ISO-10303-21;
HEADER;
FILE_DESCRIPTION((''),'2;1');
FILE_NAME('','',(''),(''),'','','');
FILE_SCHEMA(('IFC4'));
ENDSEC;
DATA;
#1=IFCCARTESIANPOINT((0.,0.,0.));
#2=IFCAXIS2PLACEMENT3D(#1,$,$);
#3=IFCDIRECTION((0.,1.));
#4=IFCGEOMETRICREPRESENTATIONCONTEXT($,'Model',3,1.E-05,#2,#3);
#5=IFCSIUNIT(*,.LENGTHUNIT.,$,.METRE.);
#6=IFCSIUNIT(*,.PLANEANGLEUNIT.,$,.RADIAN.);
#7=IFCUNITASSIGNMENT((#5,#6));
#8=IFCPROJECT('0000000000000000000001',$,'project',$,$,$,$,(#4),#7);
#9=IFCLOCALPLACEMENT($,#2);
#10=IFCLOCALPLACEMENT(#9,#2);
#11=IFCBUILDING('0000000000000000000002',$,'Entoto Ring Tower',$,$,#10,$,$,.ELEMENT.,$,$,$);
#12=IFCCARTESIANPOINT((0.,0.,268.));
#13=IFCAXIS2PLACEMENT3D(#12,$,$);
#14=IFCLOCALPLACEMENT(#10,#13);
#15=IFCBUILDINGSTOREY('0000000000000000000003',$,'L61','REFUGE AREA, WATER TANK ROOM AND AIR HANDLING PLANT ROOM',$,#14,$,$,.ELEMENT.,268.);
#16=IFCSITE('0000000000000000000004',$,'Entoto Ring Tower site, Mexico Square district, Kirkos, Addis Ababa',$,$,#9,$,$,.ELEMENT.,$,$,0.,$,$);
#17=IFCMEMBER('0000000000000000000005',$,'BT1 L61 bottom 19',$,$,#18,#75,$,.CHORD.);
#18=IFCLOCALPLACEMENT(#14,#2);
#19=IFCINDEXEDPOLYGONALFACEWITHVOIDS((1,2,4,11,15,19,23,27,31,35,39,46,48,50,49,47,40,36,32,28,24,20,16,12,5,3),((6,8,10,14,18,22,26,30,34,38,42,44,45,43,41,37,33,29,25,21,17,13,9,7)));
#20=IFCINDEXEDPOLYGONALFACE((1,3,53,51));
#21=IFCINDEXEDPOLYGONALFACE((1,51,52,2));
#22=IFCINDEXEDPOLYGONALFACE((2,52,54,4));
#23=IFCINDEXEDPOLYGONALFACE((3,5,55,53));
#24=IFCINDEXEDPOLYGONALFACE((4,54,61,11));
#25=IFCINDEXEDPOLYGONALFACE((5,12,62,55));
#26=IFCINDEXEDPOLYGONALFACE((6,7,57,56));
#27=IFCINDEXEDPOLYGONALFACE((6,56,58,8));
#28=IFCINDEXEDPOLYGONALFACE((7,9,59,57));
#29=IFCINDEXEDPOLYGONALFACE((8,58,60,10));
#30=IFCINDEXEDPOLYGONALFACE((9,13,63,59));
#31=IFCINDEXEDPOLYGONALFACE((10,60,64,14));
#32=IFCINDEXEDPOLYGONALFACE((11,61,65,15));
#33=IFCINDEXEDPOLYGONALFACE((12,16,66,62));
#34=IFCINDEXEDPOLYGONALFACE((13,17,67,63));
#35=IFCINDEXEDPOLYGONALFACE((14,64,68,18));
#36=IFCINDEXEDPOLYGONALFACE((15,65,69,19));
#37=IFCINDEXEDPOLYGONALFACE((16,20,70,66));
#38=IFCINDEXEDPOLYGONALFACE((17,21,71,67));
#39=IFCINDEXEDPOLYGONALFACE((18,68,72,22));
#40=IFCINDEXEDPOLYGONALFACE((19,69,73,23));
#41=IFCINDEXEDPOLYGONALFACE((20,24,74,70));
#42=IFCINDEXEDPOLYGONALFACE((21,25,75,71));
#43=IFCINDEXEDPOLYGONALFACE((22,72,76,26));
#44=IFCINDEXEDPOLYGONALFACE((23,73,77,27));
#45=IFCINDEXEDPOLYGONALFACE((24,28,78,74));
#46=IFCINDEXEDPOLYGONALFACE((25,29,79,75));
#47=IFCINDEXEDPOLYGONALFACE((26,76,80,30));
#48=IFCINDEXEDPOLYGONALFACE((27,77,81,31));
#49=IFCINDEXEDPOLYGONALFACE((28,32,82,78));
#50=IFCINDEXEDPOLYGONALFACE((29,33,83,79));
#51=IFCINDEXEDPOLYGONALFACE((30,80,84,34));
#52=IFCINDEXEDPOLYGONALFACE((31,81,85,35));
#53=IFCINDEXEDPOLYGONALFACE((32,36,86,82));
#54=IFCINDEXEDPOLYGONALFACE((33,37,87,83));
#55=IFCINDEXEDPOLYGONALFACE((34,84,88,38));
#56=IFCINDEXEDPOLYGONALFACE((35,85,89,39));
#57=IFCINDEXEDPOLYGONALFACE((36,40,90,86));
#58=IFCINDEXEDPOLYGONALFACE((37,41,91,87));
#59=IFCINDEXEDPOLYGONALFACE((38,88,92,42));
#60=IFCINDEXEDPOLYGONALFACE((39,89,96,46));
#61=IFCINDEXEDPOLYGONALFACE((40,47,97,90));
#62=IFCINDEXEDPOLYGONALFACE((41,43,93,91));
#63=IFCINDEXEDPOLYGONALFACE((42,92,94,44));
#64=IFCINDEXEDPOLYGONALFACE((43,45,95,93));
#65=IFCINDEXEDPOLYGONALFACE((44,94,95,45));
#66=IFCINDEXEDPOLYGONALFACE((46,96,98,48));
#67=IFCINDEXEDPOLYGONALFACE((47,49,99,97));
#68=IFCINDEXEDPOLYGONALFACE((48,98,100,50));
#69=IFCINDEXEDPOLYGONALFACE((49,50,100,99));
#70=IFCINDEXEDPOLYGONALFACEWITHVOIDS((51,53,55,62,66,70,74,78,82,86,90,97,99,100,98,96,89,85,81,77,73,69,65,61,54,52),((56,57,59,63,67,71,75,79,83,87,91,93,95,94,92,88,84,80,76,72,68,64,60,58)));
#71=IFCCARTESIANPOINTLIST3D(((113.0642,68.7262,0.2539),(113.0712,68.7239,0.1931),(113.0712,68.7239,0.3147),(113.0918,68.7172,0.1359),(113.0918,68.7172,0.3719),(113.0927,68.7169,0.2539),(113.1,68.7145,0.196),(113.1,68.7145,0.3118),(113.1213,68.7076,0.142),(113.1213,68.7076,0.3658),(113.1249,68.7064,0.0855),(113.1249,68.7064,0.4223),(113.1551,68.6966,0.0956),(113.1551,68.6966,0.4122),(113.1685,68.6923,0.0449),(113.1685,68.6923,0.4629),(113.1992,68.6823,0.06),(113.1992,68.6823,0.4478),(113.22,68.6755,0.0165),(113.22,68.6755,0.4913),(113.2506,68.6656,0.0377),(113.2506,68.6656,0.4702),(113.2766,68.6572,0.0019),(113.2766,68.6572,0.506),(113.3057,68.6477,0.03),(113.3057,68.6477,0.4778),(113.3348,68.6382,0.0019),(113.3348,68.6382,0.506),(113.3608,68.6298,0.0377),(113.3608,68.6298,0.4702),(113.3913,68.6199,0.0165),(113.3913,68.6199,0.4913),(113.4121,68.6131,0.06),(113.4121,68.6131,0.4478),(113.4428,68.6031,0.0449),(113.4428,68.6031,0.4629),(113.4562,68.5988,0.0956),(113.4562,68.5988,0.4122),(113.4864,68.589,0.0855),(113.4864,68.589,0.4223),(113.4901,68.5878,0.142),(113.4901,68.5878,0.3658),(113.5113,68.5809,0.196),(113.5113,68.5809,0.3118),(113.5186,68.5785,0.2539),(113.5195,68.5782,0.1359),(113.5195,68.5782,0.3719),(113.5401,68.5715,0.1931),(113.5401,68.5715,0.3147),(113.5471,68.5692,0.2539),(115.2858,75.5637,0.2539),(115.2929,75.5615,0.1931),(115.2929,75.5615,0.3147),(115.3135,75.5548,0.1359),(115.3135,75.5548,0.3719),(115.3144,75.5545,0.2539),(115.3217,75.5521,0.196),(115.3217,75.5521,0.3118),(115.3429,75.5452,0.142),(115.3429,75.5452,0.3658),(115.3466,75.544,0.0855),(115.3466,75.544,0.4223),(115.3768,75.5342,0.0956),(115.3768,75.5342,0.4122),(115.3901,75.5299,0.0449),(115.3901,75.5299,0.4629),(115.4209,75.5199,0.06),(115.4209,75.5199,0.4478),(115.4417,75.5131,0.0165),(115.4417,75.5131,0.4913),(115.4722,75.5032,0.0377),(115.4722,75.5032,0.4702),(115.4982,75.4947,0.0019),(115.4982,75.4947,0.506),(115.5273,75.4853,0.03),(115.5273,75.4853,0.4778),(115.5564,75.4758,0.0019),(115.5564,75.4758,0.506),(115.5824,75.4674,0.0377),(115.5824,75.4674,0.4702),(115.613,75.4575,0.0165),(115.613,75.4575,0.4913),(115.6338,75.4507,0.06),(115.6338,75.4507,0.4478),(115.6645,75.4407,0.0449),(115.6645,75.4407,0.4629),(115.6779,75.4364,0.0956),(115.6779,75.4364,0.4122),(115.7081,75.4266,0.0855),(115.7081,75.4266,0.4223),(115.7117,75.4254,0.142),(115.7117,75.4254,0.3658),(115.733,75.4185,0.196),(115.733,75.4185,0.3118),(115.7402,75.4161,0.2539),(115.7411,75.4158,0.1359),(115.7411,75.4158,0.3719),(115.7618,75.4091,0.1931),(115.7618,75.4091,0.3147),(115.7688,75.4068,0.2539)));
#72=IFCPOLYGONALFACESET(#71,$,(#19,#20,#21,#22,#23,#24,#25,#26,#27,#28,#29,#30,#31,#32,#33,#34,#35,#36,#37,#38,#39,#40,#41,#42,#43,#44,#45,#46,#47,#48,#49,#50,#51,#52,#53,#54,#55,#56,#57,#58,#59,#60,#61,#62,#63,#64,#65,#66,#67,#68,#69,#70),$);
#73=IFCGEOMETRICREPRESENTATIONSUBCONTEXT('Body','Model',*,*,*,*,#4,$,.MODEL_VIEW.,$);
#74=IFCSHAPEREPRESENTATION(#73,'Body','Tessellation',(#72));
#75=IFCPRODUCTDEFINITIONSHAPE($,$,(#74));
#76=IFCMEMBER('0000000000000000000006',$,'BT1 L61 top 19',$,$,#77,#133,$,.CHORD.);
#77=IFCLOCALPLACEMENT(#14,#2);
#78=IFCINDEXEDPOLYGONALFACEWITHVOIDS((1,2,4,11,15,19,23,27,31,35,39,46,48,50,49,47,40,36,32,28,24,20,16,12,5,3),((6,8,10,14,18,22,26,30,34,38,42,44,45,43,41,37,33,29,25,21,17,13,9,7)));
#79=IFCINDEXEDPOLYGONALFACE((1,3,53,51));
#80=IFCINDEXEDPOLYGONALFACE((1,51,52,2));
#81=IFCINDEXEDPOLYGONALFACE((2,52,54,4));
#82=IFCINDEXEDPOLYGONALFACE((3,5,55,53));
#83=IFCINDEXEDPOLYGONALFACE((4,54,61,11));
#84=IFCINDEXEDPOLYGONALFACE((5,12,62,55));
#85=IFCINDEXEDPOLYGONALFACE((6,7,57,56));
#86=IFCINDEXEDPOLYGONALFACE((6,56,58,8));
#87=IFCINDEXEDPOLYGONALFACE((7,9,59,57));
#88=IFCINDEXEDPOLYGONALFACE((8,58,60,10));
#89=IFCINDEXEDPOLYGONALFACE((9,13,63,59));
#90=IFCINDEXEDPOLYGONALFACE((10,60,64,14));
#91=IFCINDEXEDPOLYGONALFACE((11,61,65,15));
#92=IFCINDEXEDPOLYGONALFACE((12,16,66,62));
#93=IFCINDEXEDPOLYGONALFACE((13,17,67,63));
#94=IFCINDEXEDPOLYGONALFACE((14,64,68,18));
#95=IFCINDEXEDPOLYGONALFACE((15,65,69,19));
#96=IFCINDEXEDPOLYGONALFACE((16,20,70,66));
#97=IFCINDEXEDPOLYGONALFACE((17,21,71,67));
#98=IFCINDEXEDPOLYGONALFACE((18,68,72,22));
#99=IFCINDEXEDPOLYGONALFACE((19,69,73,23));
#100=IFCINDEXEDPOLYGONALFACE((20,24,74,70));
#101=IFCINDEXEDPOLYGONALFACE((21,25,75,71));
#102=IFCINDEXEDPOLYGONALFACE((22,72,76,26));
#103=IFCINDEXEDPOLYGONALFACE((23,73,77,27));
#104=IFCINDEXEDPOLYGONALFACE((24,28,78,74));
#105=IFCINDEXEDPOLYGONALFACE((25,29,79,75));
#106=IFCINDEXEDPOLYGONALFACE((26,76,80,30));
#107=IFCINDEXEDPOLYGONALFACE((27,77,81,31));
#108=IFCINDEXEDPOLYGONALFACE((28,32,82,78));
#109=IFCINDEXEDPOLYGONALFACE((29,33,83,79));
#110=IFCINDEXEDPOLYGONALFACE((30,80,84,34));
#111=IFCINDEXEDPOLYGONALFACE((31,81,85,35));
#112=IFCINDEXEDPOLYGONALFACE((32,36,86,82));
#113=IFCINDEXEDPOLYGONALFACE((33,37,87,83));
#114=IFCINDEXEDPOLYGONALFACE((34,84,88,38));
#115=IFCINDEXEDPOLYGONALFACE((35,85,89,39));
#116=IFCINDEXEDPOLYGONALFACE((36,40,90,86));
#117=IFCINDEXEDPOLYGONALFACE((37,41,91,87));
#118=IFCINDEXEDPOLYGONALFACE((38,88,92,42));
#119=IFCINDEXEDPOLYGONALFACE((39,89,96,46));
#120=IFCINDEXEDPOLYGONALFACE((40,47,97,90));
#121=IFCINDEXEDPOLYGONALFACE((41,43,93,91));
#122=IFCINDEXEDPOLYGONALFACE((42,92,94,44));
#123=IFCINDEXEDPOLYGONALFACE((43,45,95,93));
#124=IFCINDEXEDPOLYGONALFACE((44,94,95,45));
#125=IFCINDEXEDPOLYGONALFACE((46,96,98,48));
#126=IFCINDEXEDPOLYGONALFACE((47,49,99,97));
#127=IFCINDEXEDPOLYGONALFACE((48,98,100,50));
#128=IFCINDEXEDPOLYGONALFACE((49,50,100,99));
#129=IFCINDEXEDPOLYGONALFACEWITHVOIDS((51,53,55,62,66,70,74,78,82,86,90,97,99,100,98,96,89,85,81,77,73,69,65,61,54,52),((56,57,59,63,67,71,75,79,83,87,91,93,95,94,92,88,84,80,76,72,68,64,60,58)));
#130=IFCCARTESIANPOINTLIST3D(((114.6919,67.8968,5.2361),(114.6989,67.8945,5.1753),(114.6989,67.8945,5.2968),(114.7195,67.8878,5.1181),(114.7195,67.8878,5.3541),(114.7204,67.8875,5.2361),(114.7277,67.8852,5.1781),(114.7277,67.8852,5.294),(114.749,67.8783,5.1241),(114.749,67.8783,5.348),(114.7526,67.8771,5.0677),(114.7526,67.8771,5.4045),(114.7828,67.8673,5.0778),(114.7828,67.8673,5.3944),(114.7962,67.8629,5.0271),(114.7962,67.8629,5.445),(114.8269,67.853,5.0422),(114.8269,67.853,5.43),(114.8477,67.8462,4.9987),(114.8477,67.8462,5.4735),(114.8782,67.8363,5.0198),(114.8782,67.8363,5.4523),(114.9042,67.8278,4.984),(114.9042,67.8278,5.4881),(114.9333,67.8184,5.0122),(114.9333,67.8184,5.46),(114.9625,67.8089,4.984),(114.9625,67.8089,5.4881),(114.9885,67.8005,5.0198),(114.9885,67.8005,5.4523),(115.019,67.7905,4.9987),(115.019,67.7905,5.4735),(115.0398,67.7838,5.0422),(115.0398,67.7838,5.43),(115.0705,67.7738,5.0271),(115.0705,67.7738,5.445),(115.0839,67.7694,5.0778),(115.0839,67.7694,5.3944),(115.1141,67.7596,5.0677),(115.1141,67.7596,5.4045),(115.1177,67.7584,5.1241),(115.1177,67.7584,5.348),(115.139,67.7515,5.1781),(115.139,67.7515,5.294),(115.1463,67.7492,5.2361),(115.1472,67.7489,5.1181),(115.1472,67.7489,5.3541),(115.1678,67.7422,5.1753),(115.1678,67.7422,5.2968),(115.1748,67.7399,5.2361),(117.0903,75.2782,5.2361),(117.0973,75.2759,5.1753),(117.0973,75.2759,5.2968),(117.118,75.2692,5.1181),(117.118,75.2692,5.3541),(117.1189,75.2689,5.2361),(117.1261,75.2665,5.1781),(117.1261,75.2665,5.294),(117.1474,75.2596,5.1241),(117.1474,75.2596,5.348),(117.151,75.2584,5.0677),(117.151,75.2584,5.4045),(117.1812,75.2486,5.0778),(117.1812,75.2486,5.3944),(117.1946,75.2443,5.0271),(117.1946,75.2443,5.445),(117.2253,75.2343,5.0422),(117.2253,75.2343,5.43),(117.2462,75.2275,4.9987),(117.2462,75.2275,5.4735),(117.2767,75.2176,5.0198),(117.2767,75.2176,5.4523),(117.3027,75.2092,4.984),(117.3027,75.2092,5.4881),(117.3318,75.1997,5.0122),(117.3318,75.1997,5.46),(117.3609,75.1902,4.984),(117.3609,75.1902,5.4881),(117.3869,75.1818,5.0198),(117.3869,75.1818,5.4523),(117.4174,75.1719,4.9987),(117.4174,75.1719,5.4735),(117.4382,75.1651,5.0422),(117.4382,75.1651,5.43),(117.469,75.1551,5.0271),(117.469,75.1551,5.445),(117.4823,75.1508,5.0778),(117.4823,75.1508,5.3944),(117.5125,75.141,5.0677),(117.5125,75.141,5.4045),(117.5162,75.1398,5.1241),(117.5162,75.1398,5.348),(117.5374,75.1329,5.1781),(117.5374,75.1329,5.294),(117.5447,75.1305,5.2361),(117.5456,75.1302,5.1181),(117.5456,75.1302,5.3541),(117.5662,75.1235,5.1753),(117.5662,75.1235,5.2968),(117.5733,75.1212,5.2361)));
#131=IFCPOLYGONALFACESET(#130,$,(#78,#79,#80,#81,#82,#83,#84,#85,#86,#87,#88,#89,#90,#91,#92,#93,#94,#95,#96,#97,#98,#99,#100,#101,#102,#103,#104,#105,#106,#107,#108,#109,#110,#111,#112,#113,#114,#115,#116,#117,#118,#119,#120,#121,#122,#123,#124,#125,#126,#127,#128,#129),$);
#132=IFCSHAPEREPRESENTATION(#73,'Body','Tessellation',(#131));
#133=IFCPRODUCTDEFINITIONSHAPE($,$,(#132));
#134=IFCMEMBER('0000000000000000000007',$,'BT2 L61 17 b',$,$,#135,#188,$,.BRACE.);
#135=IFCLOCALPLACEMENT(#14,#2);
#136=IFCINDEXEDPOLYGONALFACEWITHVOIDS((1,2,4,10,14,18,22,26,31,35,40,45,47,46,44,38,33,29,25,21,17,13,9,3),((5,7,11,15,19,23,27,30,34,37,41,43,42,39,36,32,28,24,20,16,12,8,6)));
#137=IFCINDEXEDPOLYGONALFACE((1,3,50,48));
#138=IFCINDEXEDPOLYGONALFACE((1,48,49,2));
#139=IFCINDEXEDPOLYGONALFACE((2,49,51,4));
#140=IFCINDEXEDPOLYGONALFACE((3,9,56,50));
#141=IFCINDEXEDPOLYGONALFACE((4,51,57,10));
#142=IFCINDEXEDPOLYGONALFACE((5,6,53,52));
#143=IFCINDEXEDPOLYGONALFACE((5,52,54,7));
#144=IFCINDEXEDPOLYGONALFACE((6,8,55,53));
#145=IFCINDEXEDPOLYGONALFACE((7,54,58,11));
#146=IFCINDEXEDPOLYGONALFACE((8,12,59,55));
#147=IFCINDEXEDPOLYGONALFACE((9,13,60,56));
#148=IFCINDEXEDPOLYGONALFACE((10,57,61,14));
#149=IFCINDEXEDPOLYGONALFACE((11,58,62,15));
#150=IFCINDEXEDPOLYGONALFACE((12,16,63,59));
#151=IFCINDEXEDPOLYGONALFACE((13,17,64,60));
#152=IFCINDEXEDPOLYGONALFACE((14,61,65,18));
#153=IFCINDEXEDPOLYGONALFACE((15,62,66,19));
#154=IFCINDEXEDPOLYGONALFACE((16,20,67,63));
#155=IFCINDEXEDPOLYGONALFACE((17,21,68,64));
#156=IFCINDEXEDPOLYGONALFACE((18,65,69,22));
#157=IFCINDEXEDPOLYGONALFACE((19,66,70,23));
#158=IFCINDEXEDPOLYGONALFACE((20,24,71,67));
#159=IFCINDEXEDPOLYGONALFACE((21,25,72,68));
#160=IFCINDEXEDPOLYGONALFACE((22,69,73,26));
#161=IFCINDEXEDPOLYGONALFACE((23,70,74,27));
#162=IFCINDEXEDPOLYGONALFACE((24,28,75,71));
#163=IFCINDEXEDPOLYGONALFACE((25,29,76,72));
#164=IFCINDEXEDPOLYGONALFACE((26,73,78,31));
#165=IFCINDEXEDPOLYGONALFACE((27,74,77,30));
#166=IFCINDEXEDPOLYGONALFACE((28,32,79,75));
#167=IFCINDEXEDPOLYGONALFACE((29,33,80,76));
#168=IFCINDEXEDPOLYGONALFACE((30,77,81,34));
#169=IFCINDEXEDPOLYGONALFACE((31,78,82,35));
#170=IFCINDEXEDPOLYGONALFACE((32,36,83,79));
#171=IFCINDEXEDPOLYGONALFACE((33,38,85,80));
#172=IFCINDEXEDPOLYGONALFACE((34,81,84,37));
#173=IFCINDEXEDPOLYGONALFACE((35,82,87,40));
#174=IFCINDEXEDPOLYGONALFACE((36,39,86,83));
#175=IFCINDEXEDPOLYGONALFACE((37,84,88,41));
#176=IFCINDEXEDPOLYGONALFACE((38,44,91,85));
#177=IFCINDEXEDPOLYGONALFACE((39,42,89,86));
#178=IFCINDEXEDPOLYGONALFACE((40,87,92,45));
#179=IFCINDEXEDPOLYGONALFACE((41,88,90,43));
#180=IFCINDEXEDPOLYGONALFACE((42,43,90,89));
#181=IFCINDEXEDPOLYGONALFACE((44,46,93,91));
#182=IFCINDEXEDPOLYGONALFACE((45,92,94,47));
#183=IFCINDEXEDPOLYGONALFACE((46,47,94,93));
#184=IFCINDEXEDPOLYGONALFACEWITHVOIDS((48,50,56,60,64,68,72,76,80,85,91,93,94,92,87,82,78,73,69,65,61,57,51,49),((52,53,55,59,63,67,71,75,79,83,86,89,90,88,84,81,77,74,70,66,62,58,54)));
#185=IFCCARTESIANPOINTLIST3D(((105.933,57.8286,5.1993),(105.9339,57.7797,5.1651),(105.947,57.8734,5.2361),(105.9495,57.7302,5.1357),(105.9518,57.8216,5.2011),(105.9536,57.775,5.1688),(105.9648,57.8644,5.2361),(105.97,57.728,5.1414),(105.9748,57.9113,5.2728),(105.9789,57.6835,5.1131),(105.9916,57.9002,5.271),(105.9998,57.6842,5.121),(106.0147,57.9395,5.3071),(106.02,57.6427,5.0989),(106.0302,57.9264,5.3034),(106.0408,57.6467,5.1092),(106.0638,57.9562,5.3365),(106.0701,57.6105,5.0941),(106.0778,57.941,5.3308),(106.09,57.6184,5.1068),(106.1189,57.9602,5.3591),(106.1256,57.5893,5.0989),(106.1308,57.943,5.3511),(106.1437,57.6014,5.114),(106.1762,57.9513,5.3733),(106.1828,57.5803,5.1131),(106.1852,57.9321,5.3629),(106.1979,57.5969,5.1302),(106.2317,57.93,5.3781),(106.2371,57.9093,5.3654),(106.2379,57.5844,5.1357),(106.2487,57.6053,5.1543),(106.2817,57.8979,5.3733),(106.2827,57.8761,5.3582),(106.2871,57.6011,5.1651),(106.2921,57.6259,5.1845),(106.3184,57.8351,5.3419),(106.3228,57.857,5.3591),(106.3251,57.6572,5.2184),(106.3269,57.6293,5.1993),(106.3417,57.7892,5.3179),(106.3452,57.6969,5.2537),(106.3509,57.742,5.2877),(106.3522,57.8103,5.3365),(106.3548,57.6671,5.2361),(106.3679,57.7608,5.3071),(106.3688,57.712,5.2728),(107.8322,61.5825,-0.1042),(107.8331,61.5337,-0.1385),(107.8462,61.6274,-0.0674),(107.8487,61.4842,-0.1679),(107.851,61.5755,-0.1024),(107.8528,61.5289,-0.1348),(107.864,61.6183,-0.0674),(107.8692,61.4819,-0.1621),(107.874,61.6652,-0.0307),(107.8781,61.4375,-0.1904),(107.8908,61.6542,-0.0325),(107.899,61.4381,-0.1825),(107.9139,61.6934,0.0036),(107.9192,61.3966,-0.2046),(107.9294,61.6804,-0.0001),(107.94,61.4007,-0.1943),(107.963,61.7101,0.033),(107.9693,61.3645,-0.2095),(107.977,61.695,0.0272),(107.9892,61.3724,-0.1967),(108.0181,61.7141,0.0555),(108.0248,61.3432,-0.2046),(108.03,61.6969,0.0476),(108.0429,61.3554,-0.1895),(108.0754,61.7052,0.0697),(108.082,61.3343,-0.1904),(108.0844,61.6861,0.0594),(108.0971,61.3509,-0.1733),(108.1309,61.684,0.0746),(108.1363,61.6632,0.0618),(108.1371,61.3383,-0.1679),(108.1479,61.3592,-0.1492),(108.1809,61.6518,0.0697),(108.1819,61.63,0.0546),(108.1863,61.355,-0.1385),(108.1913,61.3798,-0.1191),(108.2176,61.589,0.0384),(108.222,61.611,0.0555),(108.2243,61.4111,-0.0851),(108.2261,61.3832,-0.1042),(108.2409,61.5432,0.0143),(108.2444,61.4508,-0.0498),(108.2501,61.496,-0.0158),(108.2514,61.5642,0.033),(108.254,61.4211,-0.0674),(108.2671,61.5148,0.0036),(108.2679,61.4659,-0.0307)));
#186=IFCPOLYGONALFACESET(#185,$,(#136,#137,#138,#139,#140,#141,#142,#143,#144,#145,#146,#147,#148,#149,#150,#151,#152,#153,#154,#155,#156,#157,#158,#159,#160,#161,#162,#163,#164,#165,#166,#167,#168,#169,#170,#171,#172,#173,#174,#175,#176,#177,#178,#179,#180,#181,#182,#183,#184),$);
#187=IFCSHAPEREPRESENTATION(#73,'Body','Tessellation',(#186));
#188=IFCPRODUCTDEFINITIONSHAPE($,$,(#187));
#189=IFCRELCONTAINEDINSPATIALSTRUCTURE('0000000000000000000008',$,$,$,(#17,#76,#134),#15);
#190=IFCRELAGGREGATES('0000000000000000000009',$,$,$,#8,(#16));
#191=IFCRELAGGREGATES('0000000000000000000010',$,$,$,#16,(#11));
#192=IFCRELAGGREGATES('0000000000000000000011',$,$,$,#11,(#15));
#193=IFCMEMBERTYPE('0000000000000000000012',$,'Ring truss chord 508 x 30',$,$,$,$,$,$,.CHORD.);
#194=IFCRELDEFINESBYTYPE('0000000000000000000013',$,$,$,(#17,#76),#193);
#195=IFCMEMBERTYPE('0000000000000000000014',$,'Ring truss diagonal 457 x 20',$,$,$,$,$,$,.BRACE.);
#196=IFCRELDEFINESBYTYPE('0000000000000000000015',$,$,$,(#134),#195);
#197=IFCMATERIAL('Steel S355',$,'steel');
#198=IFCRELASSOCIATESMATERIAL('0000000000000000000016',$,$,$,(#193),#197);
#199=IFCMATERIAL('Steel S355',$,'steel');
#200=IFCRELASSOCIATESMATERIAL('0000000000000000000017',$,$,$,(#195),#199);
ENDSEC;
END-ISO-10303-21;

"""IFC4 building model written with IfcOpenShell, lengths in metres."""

from ifc_helpers import new_model, si_unit, direction, frame, origin, origin_2d, place, context, subcontext, project, spatial, circle, hollow_circle, extrude, material, material_profile, profile_set, type_object, element, save


model = new_model("IFC4")

# Units and contexts
model_context = context("Model", 3, precision=1e-05, world=origin(), true_north=direction((0.0, 1.0)))
body_context = subcontext(model_context, "Body", "Model", "MODEL_VIEW")
ifc_project = project(units=[si_unit("LENGTHUNIT", "METRE"), si_unit("PLANEANGLEUNIT", "RADIAN")], contexts=[model_context])

# Site, building, storey
site_placement = place(None, origin())
site = spatial("IfcSite", under=ifc_project, at=site_placement, Name="Entoto Ring Tower site, Mexico Square district, Kirkos, Addis Ababa", CompositionType="ELEMENT", RefElevation=0.0)
building_placement = place(site_placement, origin())
building = spatial("IfcBuilding", under=site, at=building_placement, Name="Entoto Ring Tower", CompositionType="ELEMENT")
storey_placement = place(building_placement, frame((0.0, 0.0, 268.0)))
storey = spatial("IfcBuildingStorey", under=building, at=storey_placement, Name="L61", Description="REFUGE AREA, WATER TANK ROOM AND AIR HANDLING PLANT ROOM", CompositionType="ELEMENT", Elevation=268.0)

# Members
ifc_material_1 = material(Name="Steel S355", Category="steel")
ifc_material_profile_1 = material_profile(ifc_material_1, hollow_circle(Radius=0.2539, WallThickness=0.03, at=origin_2d()), Name="CHS 508 x 30")
ifc_material_2 = material(Name="Concrete C60/75", Category="concrete")
ifc_material_profile_2 = material_profile(ifc_material_2, circle(Radius=0.2241, at=origin_2d()), Name="Concrete C60/75 infill")
ifc_profile_set_1 = profile_set([ifc_material_profile_1, ifc_material_profile_2], Name="Steel S355")
member_type_1 = type_object("IfcMemberType", Name="Ring truss chord 508 x 30", PredefinedType="CHORD", material=ifc_profile_set_1)
member_1_placement = place(storey_placement, frame((113.3057, 68.6477, 0.2539), z_axis=(0.309016, 0.951057, 0.0), x_axis=(-0.951057, 0.309016, 0.0)))
element("IfcMember", 1, at=member_1_placement, inside=storey, type_object=member_type_1, Name="BT1 L61 bottom 19", PredefinedType="CHORD", context=body_context, shape_type="SweptSolid", body=[
    extrude(hollow_circle(Radius=0.2539, WallThickness=0.03, at=origin_2d()), origin(), (0.0, 0.0, 1.0), 7.1895),
])
member_2_placement = place(storey_placement, frame((114.9333, 67.8184, 5.2361), z_axis=(0.309028, 0.951053, 0.0), x_axis=(-0.951053, 0.309028, 0.0)))
element("IfcMember", 2, at=member_2_placement, inside=storey, type_object=member_type_1, Name="BT1 L61 top 19", PredefinedType="CHORD", context=body_context, shape_type="SweptSolid", body=[
    extrude(hollow_circle(Radius=0.2539, WallThickness=0.03, at=origin_2d()), origin(), (0.0, 0.0, 1.0), 7.7612),
])
ifc_material_3 = material(Name="Steel S355", Category="steel")
ifc_material_profile_3 = material_profile(ifc_material_3, hollow_circle(Radius=0.2285, WallThickness=0.02, at=origin_2d()), Name="CHS 457 x 20")
ifc_material_4 = material(Name="Concrete C60/75", Category="concrete")
ifc_material_profile_4 = material_profile(ifc_material_4, circle(Radius=0.2085, at=origin_2d()), Name="Concrete C60/75 infill")
ifc_profile_set_2 = profile_set([ifc_material_profile_3, ifc_material_profile_4], Name="Steel S355")
member_type_2 = type_object("IfcMemberType", Name="Ring truss diagonal 457 x 20", PredefinedType="BRACE", material=ifc_profile_set_2)
for number, where, z_axis, x_axis, name in (
    (3, (106.1509, 57.7703, 5.2361), (0.28055, 0.554537, -0.783442), (-0.892305, 0.451433, 0.0), "BT2 L61 17 b"),
):
    element("IfcMember", number, at=place(storey_placement, frame(where, z_axis=z_axis, x_axis=x_axis)), inside=storey, type_object=member_type_2, Name=name, PredefinedType="BRACE", context=body_context, shape_type="SweptSolid", body=[
        extrude(hollow_circle(Radius=0.2285, WallThickness=0.02, at=origin_2d()), origin(), (0.0, 0.0, 1.0), 6.7695),
    ])

save(model, "model.ifc")
